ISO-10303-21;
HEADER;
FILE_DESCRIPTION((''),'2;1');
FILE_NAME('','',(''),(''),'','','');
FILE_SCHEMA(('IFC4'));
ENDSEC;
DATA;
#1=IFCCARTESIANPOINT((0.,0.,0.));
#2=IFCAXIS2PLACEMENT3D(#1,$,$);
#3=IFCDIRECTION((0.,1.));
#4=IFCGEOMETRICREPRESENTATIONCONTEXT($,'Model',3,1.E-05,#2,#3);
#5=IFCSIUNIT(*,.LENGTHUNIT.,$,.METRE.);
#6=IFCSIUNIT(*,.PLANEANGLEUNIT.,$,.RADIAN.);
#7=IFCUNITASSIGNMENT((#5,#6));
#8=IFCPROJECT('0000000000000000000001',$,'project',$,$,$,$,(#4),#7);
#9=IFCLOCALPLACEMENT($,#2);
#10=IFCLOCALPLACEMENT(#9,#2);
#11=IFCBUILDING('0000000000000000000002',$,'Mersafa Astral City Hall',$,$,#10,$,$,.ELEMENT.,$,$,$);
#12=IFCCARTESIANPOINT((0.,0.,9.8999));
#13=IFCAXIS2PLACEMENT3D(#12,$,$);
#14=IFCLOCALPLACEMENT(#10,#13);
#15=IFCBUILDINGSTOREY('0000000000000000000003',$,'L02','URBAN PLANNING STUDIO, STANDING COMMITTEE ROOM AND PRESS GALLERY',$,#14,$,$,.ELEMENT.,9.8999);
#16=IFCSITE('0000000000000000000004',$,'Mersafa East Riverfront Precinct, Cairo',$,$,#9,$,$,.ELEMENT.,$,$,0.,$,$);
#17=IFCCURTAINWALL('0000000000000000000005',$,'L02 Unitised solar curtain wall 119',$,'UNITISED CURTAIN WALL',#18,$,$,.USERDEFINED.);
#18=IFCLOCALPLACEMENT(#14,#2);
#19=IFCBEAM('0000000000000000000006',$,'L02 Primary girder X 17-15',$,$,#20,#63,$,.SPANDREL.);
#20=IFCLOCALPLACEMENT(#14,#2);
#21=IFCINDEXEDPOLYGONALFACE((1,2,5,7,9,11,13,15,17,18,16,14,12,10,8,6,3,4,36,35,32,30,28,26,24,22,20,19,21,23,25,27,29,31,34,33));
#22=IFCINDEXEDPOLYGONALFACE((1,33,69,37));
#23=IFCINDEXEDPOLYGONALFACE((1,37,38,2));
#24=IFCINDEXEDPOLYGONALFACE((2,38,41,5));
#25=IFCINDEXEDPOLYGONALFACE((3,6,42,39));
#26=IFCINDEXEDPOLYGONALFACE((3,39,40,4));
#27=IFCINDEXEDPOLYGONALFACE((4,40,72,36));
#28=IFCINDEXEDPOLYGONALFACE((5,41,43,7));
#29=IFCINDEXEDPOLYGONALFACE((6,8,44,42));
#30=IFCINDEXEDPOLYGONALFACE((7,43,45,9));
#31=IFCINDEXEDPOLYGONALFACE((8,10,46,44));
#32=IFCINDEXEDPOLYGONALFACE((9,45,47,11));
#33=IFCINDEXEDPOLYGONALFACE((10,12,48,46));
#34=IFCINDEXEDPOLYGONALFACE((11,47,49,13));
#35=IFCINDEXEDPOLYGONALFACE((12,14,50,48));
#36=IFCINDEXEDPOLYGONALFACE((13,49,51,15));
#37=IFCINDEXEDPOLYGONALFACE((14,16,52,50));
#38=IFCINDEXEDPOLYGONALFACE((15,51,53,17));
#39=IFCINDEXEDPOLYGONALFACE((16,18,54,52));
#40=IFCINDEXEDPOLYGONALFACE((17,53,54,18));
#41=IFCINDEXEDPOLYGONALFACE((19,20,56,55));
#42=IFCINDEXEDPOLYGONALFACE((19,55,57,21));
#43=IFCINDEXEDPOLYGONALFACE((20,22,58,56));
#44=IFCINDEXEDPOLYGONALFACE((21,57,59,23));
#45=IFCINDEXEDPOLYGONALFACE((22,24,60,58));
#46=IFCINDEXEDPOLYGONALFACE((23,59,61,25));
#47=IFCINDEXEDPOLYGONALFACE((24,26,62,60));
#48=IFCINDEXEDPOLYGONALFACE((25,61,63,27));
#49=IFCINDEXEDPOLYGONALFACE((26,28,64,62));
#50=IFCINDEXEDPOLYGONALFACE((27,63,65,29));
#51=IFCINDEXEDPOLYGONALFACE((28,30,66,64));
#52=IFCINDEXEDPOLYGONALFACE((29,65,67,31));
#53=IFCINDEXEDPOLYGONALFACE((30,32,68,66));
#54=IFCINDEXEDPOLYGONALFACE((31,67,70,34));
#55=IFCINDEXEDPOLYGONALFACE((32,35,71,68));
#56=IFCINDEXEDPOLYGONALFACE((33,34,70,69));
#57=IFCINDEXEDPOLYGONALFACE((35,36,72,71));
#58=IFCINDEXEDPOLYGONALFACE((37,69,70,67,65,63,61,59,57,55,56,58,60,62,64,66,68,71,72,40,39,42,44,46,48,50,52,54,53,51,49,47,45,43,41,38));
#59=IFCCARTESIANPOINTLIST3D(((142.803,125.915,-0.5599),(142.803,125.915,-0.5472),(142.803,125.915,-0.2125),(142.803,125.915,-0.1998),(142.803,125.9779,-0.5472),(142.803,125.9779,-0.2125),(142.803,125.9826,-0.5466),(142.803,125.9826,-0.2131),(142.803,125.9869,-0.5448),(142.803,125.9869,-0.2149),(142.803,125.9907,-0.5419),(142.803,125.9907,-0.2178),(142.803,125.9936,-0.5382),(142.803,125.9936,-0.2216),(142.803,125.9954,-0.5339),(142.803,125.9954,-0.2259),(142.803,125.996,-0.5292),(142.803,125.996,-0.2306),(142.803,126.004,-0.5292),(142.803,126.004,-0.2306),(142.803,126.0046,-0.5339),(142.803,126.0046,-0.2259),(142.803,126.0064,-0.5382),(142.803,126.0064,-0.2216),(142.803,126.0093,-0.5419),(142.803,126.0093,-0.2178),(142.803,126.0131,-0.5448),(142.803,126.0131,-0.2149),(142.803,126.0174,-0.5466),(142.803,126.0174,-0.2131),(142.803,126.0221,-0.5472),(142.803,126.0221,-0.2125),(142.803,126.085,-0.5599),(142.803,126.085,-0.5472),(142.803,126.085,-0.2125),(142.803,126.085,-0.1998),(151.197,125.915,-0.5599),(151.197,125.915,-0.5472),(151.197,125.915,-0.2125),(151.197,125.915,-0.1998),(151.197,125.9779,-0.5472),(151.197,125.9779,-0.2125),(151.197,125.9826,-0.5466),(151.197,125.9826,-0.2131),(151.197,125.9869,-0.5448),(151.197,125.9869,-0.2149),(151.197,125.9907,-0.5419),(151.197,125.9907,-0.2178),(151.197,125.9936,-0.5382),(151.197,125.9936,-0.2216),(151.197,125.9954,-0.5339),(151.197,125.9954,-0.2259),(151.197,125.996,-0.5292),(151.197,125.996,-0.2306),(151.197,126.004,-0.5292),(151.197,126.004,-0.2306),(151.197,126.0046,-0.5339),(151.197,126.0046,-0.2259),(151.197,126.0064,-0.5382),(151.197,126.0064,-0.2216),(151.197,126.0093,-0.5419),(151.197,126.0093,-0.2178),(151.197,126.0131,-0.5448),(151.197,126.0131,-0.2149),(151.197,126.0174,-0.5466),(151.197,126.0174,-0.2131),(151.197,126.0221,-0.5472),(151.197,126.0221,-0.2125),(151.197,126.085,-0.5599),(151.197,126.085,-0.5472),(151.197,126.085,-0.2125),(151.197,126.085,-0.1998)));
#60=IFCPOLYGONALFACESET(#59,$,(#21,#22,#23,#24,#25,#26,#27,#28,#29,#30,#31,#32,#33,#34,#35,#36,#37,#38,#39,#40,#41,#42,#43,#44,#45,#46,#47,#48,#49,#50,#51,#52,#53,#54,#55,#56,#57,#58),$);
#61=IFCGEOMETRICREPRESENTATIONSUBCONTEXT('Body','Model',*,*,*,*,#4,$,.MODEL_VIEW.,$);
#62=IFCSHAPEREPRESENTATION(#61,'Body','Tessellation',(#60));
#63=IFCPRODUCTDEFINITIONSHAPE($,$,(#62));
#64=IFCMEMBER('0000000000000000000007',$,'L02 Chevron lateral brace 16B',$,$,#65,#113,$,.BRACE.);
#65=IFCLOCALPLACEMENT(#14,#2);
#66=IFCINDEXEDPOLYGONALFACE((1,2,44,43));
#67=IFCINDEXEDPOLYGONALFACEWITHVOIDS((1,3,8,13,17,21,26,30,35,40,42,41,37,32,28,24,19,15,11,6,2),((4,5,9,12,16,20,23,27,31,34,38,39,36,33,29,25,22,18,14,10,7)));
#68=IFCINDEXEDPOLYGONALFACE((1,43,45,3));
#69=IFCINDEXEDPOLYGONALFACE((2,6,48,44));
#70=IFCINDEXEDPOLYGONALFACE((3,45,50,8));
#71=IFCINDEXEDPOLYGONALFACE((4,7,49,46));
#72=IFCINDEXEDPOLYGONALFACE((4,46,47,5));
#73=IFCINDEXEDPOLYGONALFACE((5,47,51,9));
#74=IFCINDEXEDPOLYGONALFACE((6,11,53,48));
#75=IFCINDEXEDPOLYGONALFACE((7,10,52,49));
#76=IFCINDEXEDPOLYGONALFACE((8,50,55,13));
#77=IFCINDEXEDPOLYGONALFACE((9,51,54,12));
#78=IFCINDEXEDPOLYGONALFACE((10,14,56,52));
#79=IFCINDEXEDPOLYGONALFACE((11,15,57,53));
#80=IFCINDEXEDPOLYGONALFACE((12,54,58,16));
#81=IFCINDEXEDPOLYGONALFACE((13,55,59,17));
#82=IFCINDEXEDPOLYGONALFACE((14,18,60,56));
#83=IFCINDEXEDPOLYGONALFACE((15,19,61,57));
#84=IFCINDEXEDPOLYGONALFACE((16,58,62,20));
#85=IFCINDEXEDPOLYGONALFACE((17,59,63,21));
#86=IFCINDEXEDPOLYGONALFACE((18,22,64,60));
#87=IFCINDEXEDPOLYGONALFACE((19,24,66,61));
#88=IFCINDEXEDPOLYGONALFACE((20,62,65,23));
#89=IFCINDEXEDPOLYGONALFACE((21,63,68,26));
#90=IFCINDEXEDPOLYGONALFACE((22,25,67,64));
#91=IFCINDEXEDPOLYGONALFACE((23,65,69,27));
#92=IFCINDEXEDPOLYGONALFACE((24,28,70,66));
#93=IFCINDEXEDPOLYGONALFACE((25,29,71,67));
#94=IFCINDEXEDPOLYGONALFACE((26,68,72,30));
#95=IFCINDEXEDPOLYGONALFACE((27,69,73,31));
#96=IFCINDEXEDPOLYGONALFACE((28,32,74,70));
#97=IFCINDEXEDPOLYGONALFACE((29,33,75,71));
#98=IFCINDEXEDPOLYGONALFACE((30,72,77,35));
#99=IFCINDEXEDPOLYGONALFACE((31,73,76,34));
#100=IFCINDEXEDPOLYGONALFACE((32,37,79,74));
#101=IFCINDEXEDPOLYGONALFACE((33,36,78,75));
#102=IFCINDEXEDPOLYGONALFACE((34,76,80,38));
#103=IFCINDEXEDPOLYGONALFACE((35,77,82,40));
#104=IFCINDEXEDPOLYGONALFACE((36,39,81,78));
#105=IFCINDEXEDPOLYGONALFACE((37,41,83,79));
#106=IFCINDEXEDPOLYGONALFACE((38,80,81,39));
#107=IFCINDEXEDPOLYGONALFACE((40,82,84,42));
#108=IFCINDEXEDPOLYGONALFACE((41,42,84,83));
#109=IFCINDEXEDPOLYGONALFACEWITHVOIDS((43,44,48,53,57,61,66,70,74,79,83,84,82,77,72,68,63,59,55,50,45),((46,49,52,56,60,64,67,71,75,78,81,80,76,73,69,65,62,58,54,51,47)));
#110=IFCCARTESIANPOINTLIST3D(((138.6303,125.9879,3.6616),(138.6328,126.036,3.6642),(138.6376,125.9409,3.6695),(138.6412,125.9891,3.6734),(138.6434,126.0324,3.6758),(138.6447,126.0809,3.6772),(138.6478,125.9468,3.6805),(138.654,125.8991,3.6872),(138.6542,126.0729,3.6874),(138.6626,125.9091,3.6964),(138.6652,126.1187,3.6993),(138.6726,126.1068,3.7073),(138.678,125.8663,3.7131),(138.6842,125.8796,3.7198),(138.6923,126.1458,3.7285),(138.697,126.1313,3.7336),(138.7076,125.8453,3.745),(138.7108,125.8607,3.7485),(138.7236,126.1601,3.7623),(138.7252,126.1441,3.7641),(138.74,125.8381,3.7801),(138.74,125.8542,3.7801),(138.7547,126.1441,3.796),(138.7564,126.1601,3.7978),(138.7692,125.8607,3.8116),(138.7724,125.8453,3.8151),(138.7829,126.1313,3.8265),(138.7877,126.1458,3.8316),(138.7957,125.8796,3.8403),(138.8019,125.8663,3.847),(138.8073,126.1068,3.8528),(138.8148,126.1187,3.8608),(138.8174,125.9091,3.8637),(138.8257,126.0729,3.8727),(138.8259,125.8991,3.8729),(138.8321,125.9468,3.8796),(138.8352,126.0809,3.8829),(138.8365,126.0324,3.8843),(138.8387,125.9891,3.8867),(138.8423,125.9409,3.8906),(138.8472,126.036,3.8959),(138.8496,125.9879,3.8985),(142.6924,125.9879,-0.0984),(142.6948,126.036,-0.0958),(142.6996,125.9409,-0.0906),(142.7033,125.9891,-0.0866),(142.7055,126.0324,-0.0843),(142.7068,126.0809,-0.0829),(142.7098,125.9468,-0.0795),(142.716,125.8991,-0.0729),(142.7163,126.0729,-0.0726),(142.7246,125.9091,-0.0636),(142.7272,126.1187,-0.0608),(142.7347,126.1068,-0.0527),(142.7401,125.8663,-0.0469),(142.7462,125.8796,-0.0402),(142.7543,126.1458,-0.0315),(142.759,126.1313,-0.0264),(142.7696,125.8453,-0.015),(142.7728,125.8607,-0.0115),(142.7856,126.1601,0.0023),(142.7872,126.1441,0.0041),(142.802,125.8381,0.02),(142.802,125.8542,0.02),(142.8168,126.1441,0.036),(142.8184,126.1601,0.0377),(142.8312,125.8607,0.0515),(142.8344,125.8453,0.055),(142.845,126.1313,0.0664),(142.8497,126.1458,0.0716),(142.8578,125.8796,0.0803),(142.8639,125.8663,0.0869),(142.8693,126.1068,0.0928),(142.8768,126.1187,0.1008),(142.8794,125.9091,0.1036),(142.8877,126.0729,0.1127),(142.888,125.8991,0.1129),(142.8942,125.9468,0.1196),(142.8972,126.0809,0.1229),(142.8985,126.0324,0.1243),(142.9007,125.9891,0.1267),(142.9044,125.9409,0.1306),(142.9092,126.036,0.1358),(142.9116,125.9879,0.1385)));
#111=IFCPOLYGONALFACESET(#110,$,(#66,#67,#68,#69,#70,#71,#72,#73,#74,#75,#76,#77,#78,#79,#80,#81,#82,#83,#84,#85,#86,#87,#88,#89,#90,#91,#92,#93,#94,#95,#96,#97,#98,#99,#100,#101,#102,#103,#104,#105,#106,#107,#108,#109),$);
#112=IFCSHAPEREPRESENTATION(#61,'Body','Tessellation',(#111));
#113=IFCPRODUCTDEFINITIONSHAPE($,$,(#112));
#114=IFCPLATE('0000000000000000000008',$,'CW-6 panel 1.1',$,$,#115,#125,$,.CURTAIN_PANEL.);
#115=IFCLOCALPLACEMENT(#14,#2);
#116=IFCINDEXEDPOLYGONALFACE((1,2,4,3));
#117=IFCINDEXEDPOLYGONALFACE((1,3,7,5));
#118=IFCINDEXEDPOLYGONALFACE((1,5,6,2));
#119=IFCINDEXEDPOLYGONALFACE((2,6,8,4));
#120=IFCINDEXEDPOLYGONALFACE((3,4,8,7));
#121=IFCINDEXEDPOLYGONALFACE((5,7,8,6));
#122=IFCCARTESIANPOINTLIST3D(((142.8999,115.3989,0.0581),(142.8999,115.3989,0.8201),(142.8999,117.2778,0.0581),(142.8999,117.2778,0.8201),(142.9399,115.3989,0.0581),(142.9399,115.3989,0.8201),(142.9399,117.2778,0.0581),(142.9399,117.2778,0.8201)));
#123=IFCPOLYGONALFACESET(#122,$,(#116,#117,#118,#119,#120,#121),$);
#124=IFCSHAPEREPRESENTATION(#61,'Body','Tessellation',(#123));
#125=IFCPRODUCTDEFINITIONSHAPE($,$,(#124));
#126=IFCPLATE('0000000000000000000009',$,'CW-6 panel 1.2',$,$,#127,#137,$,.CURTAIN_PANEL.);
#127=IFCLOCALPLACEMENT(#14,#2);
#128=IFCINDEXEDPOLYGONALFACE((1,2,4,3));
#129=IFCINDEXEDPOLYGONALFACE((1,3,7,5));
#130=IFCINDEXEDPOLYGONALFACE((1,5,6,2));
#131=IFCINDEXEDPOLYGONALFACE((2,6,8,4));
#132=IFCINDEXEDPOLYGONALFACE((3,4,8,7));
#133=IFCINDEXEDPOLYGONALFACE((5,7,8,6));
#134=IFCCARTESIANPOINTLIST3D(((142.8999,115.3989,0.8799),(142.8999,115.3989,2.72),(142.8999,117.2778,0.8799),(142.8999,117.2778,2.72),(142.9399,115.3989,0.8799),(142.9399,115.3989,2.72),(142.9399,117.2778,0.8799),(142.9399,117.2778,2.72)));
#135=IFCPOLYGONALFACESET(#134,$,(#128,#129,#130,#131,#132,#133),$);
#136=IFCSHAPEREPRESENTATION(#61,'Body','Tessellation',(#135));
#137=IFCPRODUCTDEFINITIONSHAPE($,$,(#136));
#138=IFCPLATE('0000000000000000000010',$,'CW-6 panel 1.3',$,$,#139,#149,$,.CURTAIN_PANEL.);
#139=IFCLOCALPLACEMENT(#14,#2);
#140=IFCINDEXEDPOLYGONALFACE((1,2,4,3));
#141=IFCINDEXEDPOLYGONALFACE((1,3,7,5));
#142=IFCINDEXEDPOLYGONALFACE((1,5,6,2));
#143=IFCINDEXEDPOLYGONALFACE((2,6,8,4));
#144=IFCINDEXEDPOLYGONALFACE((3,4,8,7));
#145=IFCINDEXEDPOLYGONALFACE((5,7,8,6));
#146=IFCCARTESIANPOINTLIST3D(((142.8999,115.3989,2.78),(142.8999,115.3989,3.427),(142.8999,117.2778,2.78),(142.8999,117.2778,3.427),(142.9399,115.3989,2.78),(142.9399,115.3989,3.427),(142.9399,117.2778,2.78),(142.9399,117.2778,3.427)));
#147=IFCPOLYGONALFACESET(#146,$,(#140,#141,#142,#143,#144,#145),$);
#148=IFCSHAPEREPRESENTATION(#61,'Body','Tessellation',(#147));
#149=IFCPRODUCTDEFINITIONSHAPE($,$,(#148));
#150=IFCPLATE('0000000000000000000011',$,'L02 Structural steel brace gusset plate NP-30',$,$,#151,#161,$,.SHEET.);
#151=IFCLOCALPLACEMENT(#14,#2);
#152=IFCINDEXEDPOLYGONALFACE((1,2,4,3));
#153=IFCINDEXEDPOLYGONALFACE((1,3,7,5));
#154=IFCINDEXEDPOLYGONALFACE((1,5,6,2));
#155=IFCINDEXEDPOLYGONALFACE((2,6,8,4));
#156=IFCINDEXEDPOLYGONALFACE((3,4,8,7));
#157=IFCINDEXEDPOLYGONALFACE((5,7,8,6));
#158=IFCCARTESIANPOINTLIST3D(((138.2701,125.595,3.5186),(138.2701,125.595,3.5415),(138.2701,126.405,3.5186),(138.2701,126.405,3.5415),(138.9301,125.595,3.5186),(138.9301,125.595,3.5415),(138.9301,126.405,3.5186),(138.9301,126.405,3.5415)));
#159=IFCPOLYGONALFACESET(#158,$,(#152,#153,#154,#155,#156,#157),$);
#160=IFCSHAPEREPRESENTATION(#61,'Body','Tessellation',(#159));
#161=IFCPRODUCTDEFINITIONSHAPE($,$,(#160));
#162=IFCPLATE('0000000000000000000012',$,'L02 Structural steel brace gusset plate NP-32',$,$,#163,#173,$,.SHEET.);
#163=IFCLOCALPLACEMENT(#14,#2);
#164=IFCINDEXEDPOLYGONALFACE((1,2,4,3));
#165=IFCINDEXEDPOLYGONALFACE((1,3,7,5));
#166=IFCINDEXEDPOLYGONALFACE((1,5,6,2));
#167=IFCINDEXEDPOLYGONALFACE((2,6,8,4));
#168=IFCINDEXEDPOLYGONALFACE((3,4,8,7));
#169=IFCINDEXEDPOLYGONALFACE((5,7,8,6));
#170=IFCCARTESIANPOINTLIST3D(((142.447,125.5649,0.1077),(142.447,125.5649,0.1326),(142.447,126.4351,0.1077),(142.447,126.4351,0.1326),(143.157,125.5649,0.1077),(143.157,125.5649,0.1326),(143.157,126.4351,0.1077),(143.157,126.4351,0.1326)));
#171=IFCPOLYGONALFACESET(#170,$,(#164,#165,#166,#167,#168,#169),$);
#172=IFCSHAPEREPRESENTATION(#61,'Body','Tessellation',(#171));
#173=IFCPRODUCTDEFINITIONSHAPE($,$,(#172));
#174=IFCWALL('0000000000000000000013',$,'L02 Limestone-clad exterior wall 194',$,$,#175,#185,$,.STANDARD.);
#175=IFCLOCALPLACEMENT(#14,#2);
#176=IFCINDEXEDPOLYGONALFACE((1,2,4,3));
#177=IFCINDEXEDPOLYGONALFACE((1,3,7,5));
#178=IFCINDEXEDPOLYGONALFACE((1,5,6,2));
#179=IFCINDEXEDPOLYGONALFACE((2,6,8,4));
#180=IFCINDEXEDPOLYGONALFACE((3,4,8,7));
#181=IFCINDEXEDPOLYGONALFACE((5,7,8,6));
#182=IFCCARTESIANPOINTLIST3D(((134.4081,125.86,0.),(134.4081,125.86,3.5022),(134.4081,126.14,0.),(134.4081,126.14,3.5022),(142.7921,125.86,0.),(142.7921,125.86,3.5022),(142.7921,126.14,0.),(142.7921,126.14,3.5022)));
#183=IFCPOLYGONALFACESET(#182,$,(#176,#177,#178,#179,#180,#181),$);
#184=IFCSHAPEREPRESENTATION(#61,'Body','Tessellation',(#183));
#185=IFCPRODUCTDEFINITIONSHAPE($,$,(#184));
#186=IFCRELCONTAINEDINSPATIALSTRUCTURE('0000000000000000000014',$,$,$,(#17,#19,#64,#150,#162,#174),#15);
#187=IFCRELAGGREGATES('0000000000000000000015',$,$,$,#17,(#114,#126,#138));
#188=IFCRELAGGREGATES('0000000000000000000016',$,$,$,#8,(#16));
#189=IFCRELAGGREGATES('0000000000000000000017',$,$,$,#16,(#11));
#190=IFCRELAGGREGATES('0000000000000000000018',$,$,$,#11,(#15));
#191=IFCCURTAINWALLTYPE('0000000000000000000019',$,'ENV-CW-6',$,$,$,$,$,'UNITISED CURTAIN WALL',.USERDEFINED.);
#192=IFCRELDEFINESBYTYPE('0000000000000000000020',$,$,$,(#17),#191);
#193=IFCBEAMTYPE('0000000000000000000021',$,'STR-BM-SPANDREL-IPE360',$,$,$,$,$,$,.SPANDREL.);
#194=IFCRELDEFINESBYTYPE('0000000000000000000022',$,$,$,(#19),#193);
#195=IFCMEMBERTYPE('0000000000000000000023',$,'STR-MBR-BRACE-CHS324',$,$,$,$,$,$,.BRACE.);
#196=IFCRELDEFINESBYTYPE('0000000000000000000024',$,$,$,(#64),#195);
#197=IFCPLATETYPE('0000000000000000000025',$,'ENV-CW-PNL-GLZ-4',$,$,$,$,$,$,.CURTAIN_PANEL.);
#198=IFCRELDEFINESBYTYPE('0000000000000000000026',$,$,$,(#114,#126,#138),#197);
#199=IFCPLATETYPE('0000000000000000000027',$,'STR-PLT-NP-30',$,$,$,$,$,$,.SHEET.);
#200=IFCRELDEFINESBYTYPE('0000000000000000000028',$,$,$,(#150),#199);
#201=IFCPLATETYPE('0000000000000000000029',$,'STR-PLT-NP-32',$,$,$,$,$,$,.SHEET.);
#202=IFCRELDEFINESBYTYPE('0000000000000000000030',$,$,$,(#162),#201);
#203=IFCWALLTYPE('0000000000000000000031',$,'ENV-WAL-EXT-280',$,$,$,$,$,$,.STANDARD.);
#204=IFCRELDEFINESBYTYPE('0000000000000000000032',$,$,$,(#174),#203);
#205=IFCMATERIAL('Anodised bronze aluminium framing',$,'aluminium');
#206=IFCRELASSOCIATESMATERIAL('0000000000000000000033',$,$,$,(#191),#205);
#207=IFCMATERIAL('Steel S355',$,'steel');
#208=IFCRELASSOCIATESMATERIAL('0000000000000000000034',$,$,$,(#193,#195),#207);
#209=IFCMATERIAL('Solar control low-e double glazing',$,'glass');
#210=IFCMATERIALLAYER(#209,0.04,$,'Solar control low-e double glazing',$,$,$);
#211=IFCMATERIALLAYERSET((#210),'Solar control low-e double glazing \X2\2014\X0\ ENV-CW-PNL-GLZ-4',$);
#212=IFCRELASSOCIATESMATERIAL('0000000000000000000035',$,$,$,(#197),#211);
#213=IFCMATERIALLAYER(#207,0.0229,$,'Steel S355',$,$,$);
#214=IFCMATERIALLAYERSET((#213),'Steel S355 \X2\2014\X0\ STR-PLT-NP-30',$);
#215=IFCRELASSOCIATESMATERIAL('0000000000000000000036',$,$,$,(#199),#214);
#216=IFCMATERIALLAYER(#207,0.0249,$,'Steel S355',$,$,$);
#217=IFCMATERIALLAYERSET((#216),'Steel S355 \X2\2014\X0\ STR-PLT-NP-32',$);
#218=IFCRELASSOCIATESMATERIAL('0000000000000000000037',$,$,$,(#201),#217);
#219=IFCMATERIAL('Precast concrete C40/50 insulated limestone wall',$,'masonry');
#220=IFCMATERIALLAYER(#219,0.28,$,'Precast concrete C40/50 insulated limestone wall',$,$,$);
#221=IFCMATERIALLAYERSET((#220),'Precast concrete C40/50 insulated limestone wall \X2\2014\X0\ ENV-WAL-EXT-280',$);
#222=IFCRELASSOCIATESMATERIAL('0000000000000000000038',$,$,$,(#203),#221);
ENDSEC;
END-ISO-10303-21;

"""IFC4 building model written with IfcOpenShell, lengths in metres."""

from ifc_helpers import new_model, si_unit, direction, frame, frame_2d, origin, origin_2d, place, context, subcontext, project, spatial, rectangle, hollow_circle, i_section, extrude, material, layer, layer_set, material_profile, profile_set, type_object, element, aggregate, save


model = new_model("IFC4")

# Units and contexts
model_context = context("Model", 3, precision=1e-05, world=origin(), true_north=direction((0.0, 1.0)))
body_context = subcontext(model_context, "Body", "Model", "MODEL_VIEW")
ifc_project = project(units=[si_unit("LENGTHUNIT", "METRE"), si_unit("PLANEANGLEUNIT", "RADIAN")], contexts=[model_context])

# Site, building, storey
site_placement = place(None, origin())
site = spatial("IfcSite", under=ifc_project, at=site_placement, Name="Mersafa East Riverfront Precinct, Cairo", CompositionType="ELEMENT", RefElevation=0.0)
building_placement = place(site_placement, origin())
building = spatial("IfcBuilding", under=site, at=building_placement, Name="Mersafa Astral City Hall", CompositionType="ELEMENT")
storey_placement = place(building_placement, frame((0.0, 0.0, 9.8999)))
storey = spatial("IfcBuildingStorey", under=building, at=storey_placement, Name="L02", Description="URBAN PLANNING STUDIO, STANDING COMMITTEE ROOM AND PRESS GALLERY", CompositionType="ELEMENT", Elevation=9.8999)

# Shared definitions
ifc_material_1 = material(Name="Steel S355", Category="steel")

# Curtain wall
ifc_material_2 = material(Name="Anodised bronze aluminium framing", Category="aluminium")
curtain_wall_type = type_object("IfcCurtainWallType", Name="ENV-CW-6", ElementType="UNITISED CURTAIN WALL", PredefinedType="USERDEFINED", material=ifc_material_2)
curtain_wall_placement = place(storey_placement, origin())
curtain_wall = element("IfcCurtainWall", 1, at=curtain_wall_placement, inside=storey, type_object=curtain_wall_type, Name="L02 Unitised solar curtain wall 119", ObjectType="UNITISED CURTAIN WALL", PredefinedType="USERDEFINED")

# Beam
ifc_material_profile_1 = material_profile(ifc_material_1, i_section(OverallWidth=0.1699, OverallDepth=0.3601, WebThickness=0.0081, FlangeThickness=0.0127, FilletRadius=0.0181, at=origin_2d()), Name="IPE 360")
ifc_profile_set_1 = profile_set([ifc_material_profile_1], Name="Steel S355")
beam_type_1 = type_object("IfcBeamType", Name="STR-BM-SPANDREL-IPE360", PredefinedType="SPANDREL", material=ifc_profile_set_1)
beam_1_placement = place(storey_placement, frame((142.803, 126.0, -0.3799), z_axis=(1.0, 0.0, 0.0), x_axis=(0.0, 1.0, 0.0)))
element("IfcBeam", 2, at=beam_1_placement, inside=storey, type_object=beam_type_1, Name="L02 Primary girder X 17-15", PredefinedType="SPANDREL", context=body_context, shape_type="SweptSolid", body=[
    extrude(i_section(OverallWidth=0.1699, OverallDepth=0.3601, WebThickness=0.0081, FlangeThickness=0.0127, FilletRadius=0.0181, at=origin_2d()), origin(), (0.0, 0.0, 1.0), 8.394),
])

# Member
ifc_material_profile_2 = material_profile(ifc_material_1, hollow_circle(Radius=0.1619, WallThickness=0.0161, at=origin_2d()), Name="CHS 323.9x16")
ifc_profile_set_2 = profile_set([ifc_material_profile_2], Name="Steel S355")
member_type_1 = type_object("IfcMemberType", Name="STR-MBR-BRACE-CHS324", PredefinedType="BRACE", material=ifc_profile_set_2)
member_1_placement = place(storey_placement, frame((142.802, 126.0, 0.02), z_axis=(-0.733861, 0.0, 0.6793), x_axis=(0.0, -1.0, 0.0)))
element("IfcMember", 3, at=member_1_placement, inside=storey, type_object=member_type_1, Name="L02 Chevron lateral brace 16B", PredefinedType="BRACE", context=body_context, shape_type="SweptSolid", body=[
    extrude(hollow_circle(Radius=0.1619, WallThickness=0.0161, at=origin_2d()), origin(), (0.0, 0.0, 1.0), 5.5352),
])

# Plates
ifc_material_3 = material(Name="Solar control low-e double glazing", Category="glass")
ifc_layer_1 = layer(ifc_material_3, 0.04, Name="Solar control low-e double glazing")
ifc_layer_set_1 = layer_set([ifc_layer_1], Name="Solar control low-e double glazing — ENV-CW-PNL-GLZ-4")
plate_type_1 = type_object("IfcPlateType", Name="ENV-CW-PNL-GLZ-4", PredefinedType="CURTAIN_PANEL", material=ifc_layer_set_1)
plate_1_placement = place(storey_placement, frame((142.9199, 116.3384, 0.0581), z_axis=(0.0, 0.0, 1.0), x_axis=(0.0, -1.0, 0.0)))
plate_1 = element("IfcPlate", 4, at=plate_1_placement, type_object=plate_type_1, Name="CW-6 panel 1.1", PredefinedType="CURTAIN_PANEL", context=body_context, shape_type="SweptSolid", body=[
    extrude(rectangle(XDim=1.8789, YDim=0.04, at=origin_2d()), origin(), (0.0, 0.0, 1.0), 0.762),
])
plate_2_placement = place(storey_placement, frame((142.9199, 116.3384, 0.8799), z_axis=(0.0, 0.0, 1.0), x_axis=(0.0, -1.0, 0.0)))
plate_2 = element("IfcPlate", 5, at=plate_2_placement, type_object=plate_type_1, Name="CW-6 panel 1.2", PredefinedType="CURTAIN_PANEL", context=body_context, shape_type="SweptSolid", body=[
    extrude(rectangle(XDim=1.8789, YDim=0.04, at=origin_2d()), origin(), (0.0, 0.0, 1.0), 1.8401),
])
plate_3_placement = place(storey_placement, frame((142.9199, 116.3384, 2.78), z_axis=(0.0, 0.0, 1.0), x_axis=(0.0, -1.0, 0.0)))
plate_3 = element("IfcPlate", 6, at=plate_3_placement, type_object=plate_type_1, Name="CW-6 panel 1.3", PredefinedType="CURTAIN_PANEL", context=body_context, shape_type="SweptSolid", body=[
    extrude(rectangle(XDim=1.8789, YDim=0.04, at=origin_2d()), origin(), (0.0, 0.0, 1.0), 0.647),
])
aggregate(curtain_wall, [plate_1, plate_2, plate_3])

# Plates
ifc_layer_2 = layer(ifc_material_1, 0.0229, Name="Steel S355")
ifc_layer_set_2 = layer_set([ifc_layer_2], Name="Steel S355 — STR-PLT-NP-30")
plate_type_2 = type_object("IfcPlateType", Name="STR-PLT-NP-30", PredefinedType="SHEET", material=ifc_layer_set_2)
plate_4_placement = place(storey_placement, frame((138.6001, 126.0, 3.5186), z_axis=(0.0, 0.0, 1.0), x_axis=(1.0, 0.0, 0.0)))
element("IfcPlate", 7, at=plate_4_placement, inside=storey, type_object=plate_type_2, Name="L02 Structural steel brace gusset plate NP-30", PredefinedType="SHEET", context=body_context, shape_type="SweptSolid", body=[
    extrude(rectangle(XDim=0.6599, YDim=0.8101, at=origin_2d()), origin(), (0.0, 0.0, 1.0), 0.0229),
])
ifc_layer_3 = layer(ifc_material_1, 0.0249, Name="Steel S355")
ifc_layer_set_3 = layer_set([ifc_layer_3], Name="Steel S355 — STR-PLT-NP-32")
plate_type_3 = type_object("IfcPlateType", Name="STR-PLT-NP-32", PredefinedType="SHEET", material=ifc_layer_set_3)
plate_5_placement = place(storey_placement, frame((142.802, 126.0, 0.1077), z_axis=(0.0, 0.0, 1.0), x_axis=(1.0, 0.0, 0.0)))
element("IfcPlate", 8, at=plate_5_placement, inside=storey, type_object=plate_type_3, Name="L02 Structural steel brace gusset plate NP-32", PredefinedType="SHEET", context=body_context, shape_type="SweptSolid", body=[
    extrude(rectangle(XDim=0.71, YDim=0.8701, at=origin_2d()), origin(), (0.0, 0.0, 1.0), 0.0249),
])

# Wall
ifc_material_4 = material(Name="Precast concrete C40/50 insulated limestone wall", Category="masonry")
ifc_layer_4 = layer(ifc_material_4, 0.28, Name="Precast concrete C40/50 insulated limestone wall")
ifc_layer_set_4 = layer_set([ifc_layer_4], Name="Precast concrete C40/50 insulated limestone wall — ENV-WAL-EXT-280")
wall_type_1 = type_object("IfcWallType", Name="ENV-WAL-EXT-280", PredefinedType="STANDARD", material=ifc_layer_set_4)
wall_1_placement = place(storey_placement, frame((142.792, 126.0, 0.0), z_axis=(0.0, 0.0, 1.0), x_axis=(-1.0, 0.0, 0.0)))
element("IfcWall", 9, at=wall_1_placement, inside=storey, type_object=wall_type_1, Name="L02 Limestone-clad exterior wall 194", PredefinedType="STANDARD", context=body_context, shape_type="SweptSolid", body=[
    extrude(rectangle(XDim=8.384, YDim=0.28, at=frame_2d((4.1919, 0.0))), origin(), (0.0, 0.0, 1.0), 3.5022),
])

save(model, "model.ifc")
